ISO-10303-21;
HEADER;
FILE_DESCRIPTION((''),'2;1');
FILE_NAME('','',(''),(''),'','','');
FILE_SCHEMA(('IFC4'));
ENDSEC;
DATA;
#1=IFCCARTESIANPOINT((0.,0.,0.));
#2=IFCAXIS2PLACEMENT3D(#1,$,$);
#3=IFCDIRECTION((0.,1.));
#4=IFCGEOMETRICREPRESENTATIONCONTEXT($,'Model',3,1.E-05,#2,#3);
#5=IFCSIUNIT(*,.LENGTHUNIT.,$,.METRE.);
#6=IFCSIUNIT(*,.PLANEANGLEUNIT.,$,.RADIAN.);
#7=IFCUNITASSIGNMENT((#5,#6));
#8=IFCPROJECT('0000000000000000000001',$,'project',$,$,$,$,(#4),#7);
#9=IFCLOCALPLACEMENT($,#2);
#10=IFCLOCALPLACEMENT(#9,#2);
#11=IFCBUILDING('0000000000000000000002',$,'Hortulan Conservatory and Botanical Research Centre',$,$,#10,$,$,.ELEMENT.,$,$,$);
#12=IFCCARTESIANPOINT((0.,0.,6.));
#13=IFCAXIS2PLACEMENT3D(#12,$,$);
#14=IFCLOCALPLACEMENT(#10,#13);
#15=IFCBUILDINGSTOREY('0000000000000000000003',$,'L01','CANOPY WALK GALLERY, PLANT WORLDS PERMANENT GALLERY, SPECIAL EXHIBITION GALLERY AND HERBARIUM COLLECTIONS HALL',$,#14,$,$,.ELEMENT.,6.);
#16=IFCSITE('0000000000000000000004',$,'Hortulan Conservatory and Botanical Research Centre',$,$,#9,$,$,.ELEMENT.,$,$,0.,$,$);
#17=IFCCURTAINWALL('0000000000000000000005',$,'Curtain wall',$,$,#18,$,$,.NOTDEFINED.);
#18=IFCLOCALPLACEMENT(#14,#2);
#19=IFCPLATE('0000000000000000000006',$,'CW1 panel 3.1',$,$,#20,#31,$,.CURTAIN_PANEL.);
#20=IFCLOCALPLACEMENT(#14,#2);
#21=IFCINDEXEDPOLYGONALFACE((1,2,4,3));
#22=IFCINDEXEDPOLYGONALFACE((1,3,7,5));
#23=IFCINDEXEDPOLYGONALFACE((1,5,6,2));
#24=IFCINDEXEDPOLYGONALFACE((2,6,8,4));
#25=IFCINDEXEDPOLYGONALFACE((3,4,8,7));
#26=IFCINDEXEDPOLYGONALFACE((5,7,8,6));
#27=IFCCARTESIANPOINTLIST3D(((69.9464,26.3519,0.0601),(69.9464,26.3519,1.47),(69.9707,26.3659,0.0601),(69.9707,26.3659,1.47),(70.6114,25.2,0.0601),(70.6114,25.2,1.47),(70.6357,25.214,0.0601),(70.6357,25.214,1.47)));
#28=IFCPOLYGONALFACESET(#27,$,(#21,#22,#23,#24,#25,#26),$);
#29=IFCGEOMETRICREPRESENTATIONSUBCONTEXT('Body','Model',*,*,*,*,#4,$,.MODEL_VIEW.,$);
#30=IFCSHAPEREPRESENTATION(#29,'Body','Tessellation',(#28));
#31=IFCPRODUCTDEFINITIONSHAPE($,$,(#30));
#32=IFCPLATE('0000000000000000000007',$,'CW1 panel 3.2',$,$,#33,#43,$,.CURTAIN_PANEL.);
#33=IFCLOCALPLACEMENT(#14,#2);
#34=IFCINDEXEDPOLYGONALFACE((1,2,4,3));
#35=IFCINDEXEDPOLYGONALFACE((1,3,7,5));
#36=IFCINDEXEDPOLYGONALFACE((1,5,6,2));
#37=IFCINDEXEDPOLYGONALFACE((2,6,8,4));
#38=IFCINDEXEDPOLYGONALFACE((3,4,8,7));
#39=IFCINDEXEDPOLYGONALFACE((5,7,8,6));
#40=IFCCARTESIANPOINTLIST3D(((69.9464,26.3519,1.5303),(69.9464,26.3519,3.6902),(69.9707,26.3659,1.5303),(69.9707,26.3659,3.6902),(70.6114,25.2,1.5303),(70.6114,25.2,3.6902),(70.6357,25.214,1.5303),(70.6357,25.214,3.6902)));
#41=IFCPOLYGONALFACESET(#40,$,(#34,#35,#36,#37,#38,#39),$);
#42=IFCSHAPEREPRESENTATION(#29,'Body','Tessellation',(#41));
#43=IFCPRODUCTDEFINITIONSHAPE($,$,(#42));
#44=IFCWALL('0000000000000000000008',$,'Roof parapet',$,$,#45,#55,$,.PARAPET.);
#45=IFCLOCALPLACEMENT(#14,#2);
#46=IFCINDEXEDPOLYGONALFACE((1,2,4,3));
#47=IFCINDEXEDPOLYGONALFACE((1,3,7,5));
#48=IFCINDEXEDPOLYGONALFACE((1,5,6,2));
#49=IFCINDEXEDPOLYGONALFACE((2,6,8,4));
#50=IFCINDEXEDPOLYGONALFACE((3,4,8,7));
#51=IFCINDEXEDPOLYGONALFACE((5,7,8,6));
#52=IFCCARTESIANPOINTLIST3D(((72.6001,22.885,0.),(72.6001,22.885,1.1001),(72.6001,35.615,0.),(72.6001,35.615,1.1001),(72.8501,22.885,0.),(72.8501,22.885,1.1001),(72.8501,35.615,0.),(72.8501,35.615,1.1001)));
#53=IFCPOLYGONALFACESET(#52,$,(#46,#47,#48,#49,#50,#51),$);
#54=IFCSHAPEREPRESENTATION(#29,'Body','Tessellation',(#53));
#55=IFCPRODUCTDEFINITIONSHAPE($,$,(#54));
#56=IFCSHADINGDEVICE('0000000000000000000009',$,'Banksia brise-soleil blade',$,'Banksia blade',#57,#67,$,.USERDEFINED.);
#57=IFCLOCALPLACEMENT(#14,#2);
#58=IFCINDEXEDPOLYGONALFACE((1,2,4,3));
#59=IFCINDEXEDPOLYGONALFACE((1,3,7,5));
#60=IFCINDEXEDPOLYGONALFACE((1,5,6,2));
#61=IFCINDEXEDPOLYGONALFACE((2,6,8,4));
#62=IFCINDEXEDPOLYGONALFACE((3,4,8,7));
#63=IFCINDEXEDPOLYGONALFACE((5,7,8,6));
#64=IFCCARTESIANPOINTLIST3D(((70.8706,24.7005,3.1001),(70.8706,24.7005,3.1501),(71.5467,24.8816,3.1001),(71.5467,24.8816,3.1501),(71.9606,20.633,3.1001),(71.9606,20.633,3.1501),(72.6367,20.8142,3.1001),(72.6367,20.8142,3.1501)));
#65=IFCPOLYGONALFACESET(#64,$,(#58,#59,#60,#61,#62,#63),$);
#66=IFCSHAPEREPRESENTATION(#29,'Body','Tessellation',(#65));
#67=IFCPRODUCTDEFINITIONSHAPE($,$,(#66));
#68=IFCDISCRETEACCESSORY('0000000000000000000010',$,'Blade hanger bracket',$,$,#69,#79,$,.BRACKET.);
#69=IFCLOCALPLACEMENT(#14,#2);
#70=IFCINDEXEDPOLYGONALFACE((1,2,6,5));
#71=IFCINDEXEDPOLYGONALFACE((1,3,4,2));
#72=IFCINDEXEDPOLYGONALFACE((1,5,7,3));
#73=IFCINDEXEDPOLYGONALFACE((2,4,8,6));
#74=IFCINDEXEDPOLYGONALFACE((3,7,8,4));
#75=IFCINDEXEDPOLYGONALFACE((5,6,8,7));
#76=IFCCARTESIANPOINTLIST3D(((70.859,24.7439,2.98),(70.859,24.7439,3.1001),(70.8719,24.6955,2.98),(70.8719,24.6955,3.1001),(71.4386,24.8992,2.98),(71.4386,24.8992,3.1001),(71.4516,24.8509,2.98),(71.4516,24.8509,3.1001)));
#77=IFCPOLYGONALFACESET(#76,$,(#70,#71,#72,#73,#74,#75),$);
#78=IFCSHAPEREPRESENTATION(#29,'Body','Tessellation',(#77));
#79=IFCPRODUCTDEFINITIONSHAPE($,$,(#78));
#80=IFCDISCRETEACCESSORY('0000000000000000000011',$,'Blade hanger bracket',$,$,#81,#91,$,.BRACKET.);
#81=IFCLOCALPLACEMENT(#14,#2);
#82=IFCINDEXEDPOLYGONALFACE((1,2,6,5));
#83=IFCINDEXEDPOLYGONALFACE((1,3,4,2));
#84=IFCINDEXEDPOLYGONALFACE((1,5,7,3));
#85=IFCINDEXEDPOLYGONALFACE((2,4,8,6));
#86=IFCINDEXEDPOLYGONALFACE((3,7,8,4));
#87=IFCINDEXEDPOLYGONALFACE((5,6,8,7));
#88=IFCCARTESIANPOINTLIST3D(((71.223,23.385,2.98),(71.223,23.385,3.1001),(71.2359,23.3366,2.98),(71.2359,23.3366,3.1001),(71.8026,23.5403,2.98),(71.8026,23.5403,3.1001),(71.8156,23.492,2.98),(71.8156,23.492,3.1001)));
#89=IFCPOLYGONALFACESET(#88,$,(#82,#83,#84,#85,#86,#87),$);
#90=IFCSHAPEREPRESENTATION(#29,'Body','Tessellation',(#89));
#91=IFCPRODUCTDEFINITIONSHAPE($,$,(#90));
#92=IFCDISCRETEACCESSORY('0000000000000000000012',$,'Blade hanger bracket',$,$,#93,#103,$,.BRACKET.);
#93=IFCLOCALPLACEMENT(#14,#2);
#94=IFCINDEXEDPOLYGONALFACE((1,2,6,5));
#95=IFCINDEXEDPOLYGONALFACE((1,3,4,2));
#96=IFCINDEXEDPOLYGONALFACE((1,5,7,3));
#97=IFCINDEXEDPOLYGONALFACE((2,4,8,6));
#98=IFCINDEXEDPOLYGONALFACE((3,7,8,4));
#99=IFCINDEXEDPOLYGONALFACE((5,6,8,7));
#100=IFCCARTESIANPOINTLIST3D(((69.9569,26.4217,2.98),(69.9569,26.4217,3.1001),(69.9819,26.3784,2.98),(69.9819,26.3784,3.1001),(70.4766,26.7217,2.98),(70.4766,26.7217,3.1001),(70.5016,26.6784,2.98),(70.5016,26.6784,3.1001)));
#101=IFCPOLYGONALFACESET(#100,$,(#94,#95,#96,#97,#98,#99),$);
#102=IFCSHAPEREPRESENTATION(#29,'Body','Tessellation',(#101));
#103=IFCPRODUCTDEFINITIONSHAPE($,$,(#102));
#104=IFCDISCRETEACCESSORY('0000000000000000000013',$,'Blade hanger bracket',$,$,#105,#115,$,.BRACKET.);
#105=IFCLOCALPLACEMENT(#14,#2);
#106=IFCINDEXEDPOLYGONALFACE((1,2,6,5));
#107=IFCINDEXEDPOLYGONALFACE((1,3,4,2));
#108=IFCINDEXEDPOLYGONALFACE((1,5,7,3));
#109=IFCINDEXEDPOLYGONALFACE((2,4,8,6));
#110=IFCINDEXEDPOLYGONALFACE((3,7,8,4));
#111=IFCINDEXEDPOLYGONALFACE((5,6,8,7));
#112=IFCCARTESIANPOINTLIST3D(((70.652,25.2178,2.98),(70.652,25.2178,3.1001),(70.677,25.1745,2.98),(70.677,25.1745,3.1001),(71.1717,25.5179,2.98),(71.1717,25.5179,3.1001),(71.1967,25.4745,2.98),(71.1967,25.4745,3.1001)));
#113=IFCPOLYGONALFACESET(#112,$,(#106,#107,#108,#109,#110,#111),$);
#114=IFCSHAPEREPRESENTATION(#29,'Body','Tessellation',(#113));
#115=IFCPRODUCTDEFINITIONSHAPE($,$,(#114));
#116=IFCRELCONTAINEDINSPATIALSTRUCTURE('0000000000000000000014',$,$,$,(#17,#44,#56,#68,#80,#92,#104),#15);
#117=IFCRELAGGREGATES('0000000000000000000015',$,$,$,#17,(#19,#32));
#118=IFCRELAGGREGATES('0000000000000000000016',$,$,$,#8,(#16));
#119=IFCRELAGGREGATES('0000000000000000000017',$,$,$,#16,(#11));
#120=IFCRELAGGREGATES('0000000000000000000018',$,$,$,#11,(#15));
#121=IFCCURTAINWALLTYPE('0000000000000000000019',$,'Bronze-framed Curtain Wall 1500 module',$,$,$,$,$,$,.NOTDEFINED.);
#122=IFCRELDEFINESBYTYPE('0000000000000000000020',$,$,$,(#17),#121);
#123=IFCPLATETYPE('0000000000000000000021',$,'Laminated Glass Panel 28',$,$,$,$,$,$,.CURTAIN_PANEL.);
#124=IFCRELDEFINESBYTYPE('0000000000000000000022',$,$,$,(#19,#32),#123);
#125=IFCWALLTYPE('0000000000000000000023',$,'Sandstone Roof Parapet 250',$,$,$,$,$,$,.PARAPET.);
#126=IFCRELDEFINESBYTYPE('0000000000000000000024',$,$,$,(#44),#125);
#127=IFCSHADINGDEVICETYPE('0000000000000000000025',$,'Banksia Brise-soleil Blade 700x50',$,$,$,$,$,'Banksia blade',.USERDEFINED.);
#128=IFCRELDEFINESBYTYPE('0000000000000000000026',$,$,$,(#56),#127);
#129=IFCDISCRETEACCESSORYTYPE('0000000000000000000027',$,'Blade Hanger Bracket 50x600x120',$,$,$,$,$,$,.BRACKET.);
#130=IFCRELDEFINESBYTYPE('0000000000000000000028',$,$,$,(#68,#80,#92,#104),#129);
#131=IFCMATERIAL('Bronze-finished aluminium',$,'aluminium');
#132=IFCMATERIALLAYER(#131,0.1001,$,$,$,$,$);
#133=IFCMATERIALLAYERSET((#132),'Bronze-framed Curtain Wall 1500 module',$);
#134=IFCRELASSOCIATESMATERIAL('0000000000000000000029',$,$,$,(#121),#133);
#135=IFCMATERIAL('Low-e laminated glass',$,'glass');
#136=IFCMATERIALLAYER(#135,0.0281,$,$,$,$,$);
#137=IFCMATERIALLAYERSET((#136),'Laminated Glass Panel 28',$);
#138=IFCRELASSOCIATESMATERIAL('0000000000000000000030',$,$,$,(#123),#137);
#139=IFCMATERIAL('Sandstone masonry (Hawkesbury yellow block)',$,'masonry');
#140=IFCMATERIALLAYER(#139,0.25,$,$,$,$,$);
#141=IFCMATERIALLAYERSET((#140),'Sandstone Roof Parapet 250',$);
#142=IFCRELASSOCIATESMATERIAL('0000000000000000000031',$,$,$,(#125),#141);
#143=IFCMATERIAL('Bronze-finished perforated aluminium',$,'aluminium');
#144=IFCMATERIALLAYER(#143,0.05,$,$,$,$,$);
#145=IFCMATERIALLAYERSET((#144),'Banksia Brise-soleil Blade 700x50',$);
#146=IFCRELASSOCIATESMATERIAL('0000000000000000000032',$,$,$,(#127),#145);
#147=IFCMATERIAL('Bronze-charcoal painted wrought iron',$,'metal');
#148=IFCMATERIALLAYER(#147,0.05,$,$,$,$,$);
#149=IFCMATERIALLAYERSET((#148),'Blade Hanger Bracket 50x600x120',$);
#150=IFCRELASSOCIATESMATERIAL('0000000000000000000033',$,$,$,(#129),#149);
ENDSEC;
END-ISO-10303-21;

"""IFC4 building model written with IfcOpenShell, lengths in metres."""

from ifc_helpers import new_model, si_unit, direction, frame, frame_2d, origin, origin_2d, place, context, subcontext, project, spatial, rectangle, extrude, material, layer, layer_set, type_object, element, aggregate, save


model = new_model("IFC4")

# Units and contexts
model_context = context("Model", 3, precision=1e-05, world=origin(), true_north=direction((0.0, 1.0)))
body_context = subcontext(model_context, "Body", "Model", "MODEL_VIEW")
ifc_project = project(units=[si_unit("LENGTHUNIT", "METRE"), si_unit("PLANEANGLEUNIT", "RADIAN")], contexts=[model_context])

# Site, building, storey
site_placement = place(None, origin())
site = spatial("IfcSite", under=ifc_project, at=site_placement, Name="Hortulan Conservatory and Botanical Research Centre", CompositionType="ELEMENT", RefElevation=0.0)
building_placement = place(site_placement, origin())
building = spatial("IfcBuilding", under=site, at=building_placement, Name="Hortulan Conservatory and Botanical Research Centre", CompositionType="ELEMENT")
storey_placement = place(building_placement, frame((0.0, 0.0, 6.0)))
storey = spatial("IfcBuildingStorey", under=building, at=storey_placement, Name="L01", Description="CANOPY WALK GALLERY, PLANT WORLDS PERMANENT GALLERY, SPECIAL EXHIBITION GALLERY AND HERBARIUM COLLECTIONS HALL", CompositionType="ELEMENT", Elevation=6.0)

# Shared definitions
ifc_material_1 = material(Name="Bronze-finished aluminium", Category="aluminium")
ifc_layer_1 = layer(ifc_material_1, 0.1001)
ifc_layer_set_1 = layer_set([ifc_layer_1], Name="Bronze-framed Curtain Wall 1500 module")
curtain_wall_type = type_object("IfcCurtainWallType", Name="Bronze-framed Curtain Wall 1500 module", PredefinedType="NOTDEFINED", material=ifc_layer_set_1)

# Curtain wall
curtain_wall_1_placement = place(storey_placement, origin())
curtain_wall_1 = element("IfcCurtainWall", 1, at=curtain_wall_1_placement, inside=storey, type_object=curtain_wall_type, Name="Curtain wall", PredefinedType="NOTDEFINED")

# Plates
ifc_material_2 = material(Name="Low-e laminated glass", Category="glass")
ifc_layer_2 = layer(ifc_material_2, 0.0281)
ifc_layer_set_2 = layer_set([ifc_layer_2], Name="Laminated Glass Panel 28")
plate_type = type_object("IfcPlateType", Name="Laminated Glass Panel 28", PredefinedType="CURTAIN_PANEL", material=ifc_layer_set_2)
plate_1_placement = place(storey_placement, frame((70.291, 25.783, 0.0601), z_axis=(0.0, 0.0, 1.0), x_axis=(0.499981, -0.866036, 0.0)))
plate_1 = element("IfcPlate", 2, at=plate_1_placement, type_object=plate_type, Name="CW1 panel 3.1", PredefinedType="CURTAIN_PANEL", context=body_context, shape_type="SweptSolid", body=[
    extrude(rectangle(XDim=1.3301, YDim=0.0281, at=origin_2d()), origin(), (0.0, 0.0, 1.0), 1.4099),
])
plate_2_placement = place(storey_placement, frame((70.291, 25.783, 1.5303), z_axis=(0.0, 0.0, 1.0), x_axis=(0.499981, -0.866036, 0.0)))
plate_2 = element("IfcPlate", 3, at=plate_2_placement, type_object=plate_type, Name="CW1 panel 3.2", PredefinedType="CURTAIN_PANEL", context=body_context, shape_type="SweptSolid", body=[
    extrude(rectangle(XDim=1.3301, YDim=0.0281, at=origin_2d()), origin(), (0.0, 0.0, 1.0), 2.1599),
])
aggregate(curtain_wall_1, [plate_1, plate_2])

# Wall
ifc_material_3 = material(Name="Sandstone masonry (Hawkesbury yellow block)", Category="masonry")
ifc_layer_3 = layer(ifc_material_3, 0.25)
ifc_layer_set_3 = layer_set([ifc_layer_3], Name="Sandstone Roof Parapet 250")
wall_type = type_object("IfcWallType", Name="Sandstone Roof Parapet 250", PredefinedType="PARAPET", material=ifc_layer_set_3)
wall_placement = place(storey_placement, frame((72.7251, 22.885, 0.0), z_axis=(0.0, 0.0, 1.0), x_axis=(0.0, 1.0, 0.0)))
element("IfcWall", 4, at=wall_placement, inside=storey, type_object=wall_type, Name="Roof parapet", PredefinedType="PARAPET", context=body_context, shape_type="SweptSolid", body=[
    extrude(rectangle(XDim=12.73, YDim=0.25, at=frame_2d((6.365, 0.0))), origin(), (0.0, 0.0, 1.0), 1.1001),
])

# Shading device
ifc_material_4 = material(Name="Bronze-finished perforated aluminium", Category="aluminium")
ifc_layer_4 = layer(ifc_material_4, 0.05)
ifc_layer_set_4 = layer_set([ifc_layer_4], Name="Banksia Brise-soleil Blade 700x50")
shading_device_type = type_object("IfcShadingDeviceType", Name="Banksia Brise-soleil Blade 700x50", ElementType="Banksia blade", PredefinedType="USERDEFINED", material=ifc_layer_set_4)
shading_device_placement = place(storey_placement, frame((71.7537, 22.7573, 3.1001), z_axis=(0.0, 0.0, 1.0), x_axis=(0.258833, -0.965922, 0.0)))
element("IfcShadingDevice", 5, at=shading_device_placement, inside=storey, type_object=shading_device_type, Name="Banksia brise-soleil blade", ObjectType="Banksia blade", PredefinedType="USERDEFINED", context=body_context, shape_type="SweptSolid", body=[
    extrude(rectangle(XDim=4.2109, YDim=0.7, at=origin_2d()), origin(), (0.0, 0.0, 1.0), 0.05),
])

# Discrete accessories
ifc_material_5 = material(Name="Bronze-charcoal painted wrought iron", Category="metal")
ifc_layer_5 = layer(ifc_material_5, 0.05)
ifc_layer_set_5 = layer_set([ifc_layer_5], Name="Blade Hanger Bracket 50x600x120")
discrete_accessory_type = type_object("IfcDiscreteAccessoryType", Name="Blade Hanger Bracket 50x600x120", PredefinedType="BRACKET", material=ifc_layer_set_5)
for number, where, z_axis, x_axis, name in (
    (6, (71.1553, 24.7974, 2.98), (0.0, 0.0, 1.0), (0.258833, -0.965922, 0.0), "Blade hanger bracket"),
    (7, (71.5193, 23.4385, 2.98), (0.0, 0.0, 1.0), (0.258833, -0.965922, 0.0), "Blade hanger bracket"),
    (8, (70.2292, 26.55, 2.98), (0.0, 0.0, 1.0), (0.499982, -0.866036, 0.0), "Blade hanger bracket"),
    (9, (70.9243, 25.3462, 2.98), (0.0, 0.0, 1.0), (0.499982, -0.866036, 0.0), "Blade hanger bracket"),
):
    element("IfcDiscreteAccessory", number, at=place(storey_placement, frame(where, z_axis=z_axis, x_axis=x_axis)), inside=storey, type_object=discrete_accessory_type, Name=name, PredefinedType="BRACKET", context=body_context, shape_type="SweptSolid", body=[
        extrude(rectangle(XDim=0.05, YDim=0.6001, at=origin_2d()), origin(), (0.0, 0.0, 1.0), 0.1201),
    ])

save(model, "model.ifc")
